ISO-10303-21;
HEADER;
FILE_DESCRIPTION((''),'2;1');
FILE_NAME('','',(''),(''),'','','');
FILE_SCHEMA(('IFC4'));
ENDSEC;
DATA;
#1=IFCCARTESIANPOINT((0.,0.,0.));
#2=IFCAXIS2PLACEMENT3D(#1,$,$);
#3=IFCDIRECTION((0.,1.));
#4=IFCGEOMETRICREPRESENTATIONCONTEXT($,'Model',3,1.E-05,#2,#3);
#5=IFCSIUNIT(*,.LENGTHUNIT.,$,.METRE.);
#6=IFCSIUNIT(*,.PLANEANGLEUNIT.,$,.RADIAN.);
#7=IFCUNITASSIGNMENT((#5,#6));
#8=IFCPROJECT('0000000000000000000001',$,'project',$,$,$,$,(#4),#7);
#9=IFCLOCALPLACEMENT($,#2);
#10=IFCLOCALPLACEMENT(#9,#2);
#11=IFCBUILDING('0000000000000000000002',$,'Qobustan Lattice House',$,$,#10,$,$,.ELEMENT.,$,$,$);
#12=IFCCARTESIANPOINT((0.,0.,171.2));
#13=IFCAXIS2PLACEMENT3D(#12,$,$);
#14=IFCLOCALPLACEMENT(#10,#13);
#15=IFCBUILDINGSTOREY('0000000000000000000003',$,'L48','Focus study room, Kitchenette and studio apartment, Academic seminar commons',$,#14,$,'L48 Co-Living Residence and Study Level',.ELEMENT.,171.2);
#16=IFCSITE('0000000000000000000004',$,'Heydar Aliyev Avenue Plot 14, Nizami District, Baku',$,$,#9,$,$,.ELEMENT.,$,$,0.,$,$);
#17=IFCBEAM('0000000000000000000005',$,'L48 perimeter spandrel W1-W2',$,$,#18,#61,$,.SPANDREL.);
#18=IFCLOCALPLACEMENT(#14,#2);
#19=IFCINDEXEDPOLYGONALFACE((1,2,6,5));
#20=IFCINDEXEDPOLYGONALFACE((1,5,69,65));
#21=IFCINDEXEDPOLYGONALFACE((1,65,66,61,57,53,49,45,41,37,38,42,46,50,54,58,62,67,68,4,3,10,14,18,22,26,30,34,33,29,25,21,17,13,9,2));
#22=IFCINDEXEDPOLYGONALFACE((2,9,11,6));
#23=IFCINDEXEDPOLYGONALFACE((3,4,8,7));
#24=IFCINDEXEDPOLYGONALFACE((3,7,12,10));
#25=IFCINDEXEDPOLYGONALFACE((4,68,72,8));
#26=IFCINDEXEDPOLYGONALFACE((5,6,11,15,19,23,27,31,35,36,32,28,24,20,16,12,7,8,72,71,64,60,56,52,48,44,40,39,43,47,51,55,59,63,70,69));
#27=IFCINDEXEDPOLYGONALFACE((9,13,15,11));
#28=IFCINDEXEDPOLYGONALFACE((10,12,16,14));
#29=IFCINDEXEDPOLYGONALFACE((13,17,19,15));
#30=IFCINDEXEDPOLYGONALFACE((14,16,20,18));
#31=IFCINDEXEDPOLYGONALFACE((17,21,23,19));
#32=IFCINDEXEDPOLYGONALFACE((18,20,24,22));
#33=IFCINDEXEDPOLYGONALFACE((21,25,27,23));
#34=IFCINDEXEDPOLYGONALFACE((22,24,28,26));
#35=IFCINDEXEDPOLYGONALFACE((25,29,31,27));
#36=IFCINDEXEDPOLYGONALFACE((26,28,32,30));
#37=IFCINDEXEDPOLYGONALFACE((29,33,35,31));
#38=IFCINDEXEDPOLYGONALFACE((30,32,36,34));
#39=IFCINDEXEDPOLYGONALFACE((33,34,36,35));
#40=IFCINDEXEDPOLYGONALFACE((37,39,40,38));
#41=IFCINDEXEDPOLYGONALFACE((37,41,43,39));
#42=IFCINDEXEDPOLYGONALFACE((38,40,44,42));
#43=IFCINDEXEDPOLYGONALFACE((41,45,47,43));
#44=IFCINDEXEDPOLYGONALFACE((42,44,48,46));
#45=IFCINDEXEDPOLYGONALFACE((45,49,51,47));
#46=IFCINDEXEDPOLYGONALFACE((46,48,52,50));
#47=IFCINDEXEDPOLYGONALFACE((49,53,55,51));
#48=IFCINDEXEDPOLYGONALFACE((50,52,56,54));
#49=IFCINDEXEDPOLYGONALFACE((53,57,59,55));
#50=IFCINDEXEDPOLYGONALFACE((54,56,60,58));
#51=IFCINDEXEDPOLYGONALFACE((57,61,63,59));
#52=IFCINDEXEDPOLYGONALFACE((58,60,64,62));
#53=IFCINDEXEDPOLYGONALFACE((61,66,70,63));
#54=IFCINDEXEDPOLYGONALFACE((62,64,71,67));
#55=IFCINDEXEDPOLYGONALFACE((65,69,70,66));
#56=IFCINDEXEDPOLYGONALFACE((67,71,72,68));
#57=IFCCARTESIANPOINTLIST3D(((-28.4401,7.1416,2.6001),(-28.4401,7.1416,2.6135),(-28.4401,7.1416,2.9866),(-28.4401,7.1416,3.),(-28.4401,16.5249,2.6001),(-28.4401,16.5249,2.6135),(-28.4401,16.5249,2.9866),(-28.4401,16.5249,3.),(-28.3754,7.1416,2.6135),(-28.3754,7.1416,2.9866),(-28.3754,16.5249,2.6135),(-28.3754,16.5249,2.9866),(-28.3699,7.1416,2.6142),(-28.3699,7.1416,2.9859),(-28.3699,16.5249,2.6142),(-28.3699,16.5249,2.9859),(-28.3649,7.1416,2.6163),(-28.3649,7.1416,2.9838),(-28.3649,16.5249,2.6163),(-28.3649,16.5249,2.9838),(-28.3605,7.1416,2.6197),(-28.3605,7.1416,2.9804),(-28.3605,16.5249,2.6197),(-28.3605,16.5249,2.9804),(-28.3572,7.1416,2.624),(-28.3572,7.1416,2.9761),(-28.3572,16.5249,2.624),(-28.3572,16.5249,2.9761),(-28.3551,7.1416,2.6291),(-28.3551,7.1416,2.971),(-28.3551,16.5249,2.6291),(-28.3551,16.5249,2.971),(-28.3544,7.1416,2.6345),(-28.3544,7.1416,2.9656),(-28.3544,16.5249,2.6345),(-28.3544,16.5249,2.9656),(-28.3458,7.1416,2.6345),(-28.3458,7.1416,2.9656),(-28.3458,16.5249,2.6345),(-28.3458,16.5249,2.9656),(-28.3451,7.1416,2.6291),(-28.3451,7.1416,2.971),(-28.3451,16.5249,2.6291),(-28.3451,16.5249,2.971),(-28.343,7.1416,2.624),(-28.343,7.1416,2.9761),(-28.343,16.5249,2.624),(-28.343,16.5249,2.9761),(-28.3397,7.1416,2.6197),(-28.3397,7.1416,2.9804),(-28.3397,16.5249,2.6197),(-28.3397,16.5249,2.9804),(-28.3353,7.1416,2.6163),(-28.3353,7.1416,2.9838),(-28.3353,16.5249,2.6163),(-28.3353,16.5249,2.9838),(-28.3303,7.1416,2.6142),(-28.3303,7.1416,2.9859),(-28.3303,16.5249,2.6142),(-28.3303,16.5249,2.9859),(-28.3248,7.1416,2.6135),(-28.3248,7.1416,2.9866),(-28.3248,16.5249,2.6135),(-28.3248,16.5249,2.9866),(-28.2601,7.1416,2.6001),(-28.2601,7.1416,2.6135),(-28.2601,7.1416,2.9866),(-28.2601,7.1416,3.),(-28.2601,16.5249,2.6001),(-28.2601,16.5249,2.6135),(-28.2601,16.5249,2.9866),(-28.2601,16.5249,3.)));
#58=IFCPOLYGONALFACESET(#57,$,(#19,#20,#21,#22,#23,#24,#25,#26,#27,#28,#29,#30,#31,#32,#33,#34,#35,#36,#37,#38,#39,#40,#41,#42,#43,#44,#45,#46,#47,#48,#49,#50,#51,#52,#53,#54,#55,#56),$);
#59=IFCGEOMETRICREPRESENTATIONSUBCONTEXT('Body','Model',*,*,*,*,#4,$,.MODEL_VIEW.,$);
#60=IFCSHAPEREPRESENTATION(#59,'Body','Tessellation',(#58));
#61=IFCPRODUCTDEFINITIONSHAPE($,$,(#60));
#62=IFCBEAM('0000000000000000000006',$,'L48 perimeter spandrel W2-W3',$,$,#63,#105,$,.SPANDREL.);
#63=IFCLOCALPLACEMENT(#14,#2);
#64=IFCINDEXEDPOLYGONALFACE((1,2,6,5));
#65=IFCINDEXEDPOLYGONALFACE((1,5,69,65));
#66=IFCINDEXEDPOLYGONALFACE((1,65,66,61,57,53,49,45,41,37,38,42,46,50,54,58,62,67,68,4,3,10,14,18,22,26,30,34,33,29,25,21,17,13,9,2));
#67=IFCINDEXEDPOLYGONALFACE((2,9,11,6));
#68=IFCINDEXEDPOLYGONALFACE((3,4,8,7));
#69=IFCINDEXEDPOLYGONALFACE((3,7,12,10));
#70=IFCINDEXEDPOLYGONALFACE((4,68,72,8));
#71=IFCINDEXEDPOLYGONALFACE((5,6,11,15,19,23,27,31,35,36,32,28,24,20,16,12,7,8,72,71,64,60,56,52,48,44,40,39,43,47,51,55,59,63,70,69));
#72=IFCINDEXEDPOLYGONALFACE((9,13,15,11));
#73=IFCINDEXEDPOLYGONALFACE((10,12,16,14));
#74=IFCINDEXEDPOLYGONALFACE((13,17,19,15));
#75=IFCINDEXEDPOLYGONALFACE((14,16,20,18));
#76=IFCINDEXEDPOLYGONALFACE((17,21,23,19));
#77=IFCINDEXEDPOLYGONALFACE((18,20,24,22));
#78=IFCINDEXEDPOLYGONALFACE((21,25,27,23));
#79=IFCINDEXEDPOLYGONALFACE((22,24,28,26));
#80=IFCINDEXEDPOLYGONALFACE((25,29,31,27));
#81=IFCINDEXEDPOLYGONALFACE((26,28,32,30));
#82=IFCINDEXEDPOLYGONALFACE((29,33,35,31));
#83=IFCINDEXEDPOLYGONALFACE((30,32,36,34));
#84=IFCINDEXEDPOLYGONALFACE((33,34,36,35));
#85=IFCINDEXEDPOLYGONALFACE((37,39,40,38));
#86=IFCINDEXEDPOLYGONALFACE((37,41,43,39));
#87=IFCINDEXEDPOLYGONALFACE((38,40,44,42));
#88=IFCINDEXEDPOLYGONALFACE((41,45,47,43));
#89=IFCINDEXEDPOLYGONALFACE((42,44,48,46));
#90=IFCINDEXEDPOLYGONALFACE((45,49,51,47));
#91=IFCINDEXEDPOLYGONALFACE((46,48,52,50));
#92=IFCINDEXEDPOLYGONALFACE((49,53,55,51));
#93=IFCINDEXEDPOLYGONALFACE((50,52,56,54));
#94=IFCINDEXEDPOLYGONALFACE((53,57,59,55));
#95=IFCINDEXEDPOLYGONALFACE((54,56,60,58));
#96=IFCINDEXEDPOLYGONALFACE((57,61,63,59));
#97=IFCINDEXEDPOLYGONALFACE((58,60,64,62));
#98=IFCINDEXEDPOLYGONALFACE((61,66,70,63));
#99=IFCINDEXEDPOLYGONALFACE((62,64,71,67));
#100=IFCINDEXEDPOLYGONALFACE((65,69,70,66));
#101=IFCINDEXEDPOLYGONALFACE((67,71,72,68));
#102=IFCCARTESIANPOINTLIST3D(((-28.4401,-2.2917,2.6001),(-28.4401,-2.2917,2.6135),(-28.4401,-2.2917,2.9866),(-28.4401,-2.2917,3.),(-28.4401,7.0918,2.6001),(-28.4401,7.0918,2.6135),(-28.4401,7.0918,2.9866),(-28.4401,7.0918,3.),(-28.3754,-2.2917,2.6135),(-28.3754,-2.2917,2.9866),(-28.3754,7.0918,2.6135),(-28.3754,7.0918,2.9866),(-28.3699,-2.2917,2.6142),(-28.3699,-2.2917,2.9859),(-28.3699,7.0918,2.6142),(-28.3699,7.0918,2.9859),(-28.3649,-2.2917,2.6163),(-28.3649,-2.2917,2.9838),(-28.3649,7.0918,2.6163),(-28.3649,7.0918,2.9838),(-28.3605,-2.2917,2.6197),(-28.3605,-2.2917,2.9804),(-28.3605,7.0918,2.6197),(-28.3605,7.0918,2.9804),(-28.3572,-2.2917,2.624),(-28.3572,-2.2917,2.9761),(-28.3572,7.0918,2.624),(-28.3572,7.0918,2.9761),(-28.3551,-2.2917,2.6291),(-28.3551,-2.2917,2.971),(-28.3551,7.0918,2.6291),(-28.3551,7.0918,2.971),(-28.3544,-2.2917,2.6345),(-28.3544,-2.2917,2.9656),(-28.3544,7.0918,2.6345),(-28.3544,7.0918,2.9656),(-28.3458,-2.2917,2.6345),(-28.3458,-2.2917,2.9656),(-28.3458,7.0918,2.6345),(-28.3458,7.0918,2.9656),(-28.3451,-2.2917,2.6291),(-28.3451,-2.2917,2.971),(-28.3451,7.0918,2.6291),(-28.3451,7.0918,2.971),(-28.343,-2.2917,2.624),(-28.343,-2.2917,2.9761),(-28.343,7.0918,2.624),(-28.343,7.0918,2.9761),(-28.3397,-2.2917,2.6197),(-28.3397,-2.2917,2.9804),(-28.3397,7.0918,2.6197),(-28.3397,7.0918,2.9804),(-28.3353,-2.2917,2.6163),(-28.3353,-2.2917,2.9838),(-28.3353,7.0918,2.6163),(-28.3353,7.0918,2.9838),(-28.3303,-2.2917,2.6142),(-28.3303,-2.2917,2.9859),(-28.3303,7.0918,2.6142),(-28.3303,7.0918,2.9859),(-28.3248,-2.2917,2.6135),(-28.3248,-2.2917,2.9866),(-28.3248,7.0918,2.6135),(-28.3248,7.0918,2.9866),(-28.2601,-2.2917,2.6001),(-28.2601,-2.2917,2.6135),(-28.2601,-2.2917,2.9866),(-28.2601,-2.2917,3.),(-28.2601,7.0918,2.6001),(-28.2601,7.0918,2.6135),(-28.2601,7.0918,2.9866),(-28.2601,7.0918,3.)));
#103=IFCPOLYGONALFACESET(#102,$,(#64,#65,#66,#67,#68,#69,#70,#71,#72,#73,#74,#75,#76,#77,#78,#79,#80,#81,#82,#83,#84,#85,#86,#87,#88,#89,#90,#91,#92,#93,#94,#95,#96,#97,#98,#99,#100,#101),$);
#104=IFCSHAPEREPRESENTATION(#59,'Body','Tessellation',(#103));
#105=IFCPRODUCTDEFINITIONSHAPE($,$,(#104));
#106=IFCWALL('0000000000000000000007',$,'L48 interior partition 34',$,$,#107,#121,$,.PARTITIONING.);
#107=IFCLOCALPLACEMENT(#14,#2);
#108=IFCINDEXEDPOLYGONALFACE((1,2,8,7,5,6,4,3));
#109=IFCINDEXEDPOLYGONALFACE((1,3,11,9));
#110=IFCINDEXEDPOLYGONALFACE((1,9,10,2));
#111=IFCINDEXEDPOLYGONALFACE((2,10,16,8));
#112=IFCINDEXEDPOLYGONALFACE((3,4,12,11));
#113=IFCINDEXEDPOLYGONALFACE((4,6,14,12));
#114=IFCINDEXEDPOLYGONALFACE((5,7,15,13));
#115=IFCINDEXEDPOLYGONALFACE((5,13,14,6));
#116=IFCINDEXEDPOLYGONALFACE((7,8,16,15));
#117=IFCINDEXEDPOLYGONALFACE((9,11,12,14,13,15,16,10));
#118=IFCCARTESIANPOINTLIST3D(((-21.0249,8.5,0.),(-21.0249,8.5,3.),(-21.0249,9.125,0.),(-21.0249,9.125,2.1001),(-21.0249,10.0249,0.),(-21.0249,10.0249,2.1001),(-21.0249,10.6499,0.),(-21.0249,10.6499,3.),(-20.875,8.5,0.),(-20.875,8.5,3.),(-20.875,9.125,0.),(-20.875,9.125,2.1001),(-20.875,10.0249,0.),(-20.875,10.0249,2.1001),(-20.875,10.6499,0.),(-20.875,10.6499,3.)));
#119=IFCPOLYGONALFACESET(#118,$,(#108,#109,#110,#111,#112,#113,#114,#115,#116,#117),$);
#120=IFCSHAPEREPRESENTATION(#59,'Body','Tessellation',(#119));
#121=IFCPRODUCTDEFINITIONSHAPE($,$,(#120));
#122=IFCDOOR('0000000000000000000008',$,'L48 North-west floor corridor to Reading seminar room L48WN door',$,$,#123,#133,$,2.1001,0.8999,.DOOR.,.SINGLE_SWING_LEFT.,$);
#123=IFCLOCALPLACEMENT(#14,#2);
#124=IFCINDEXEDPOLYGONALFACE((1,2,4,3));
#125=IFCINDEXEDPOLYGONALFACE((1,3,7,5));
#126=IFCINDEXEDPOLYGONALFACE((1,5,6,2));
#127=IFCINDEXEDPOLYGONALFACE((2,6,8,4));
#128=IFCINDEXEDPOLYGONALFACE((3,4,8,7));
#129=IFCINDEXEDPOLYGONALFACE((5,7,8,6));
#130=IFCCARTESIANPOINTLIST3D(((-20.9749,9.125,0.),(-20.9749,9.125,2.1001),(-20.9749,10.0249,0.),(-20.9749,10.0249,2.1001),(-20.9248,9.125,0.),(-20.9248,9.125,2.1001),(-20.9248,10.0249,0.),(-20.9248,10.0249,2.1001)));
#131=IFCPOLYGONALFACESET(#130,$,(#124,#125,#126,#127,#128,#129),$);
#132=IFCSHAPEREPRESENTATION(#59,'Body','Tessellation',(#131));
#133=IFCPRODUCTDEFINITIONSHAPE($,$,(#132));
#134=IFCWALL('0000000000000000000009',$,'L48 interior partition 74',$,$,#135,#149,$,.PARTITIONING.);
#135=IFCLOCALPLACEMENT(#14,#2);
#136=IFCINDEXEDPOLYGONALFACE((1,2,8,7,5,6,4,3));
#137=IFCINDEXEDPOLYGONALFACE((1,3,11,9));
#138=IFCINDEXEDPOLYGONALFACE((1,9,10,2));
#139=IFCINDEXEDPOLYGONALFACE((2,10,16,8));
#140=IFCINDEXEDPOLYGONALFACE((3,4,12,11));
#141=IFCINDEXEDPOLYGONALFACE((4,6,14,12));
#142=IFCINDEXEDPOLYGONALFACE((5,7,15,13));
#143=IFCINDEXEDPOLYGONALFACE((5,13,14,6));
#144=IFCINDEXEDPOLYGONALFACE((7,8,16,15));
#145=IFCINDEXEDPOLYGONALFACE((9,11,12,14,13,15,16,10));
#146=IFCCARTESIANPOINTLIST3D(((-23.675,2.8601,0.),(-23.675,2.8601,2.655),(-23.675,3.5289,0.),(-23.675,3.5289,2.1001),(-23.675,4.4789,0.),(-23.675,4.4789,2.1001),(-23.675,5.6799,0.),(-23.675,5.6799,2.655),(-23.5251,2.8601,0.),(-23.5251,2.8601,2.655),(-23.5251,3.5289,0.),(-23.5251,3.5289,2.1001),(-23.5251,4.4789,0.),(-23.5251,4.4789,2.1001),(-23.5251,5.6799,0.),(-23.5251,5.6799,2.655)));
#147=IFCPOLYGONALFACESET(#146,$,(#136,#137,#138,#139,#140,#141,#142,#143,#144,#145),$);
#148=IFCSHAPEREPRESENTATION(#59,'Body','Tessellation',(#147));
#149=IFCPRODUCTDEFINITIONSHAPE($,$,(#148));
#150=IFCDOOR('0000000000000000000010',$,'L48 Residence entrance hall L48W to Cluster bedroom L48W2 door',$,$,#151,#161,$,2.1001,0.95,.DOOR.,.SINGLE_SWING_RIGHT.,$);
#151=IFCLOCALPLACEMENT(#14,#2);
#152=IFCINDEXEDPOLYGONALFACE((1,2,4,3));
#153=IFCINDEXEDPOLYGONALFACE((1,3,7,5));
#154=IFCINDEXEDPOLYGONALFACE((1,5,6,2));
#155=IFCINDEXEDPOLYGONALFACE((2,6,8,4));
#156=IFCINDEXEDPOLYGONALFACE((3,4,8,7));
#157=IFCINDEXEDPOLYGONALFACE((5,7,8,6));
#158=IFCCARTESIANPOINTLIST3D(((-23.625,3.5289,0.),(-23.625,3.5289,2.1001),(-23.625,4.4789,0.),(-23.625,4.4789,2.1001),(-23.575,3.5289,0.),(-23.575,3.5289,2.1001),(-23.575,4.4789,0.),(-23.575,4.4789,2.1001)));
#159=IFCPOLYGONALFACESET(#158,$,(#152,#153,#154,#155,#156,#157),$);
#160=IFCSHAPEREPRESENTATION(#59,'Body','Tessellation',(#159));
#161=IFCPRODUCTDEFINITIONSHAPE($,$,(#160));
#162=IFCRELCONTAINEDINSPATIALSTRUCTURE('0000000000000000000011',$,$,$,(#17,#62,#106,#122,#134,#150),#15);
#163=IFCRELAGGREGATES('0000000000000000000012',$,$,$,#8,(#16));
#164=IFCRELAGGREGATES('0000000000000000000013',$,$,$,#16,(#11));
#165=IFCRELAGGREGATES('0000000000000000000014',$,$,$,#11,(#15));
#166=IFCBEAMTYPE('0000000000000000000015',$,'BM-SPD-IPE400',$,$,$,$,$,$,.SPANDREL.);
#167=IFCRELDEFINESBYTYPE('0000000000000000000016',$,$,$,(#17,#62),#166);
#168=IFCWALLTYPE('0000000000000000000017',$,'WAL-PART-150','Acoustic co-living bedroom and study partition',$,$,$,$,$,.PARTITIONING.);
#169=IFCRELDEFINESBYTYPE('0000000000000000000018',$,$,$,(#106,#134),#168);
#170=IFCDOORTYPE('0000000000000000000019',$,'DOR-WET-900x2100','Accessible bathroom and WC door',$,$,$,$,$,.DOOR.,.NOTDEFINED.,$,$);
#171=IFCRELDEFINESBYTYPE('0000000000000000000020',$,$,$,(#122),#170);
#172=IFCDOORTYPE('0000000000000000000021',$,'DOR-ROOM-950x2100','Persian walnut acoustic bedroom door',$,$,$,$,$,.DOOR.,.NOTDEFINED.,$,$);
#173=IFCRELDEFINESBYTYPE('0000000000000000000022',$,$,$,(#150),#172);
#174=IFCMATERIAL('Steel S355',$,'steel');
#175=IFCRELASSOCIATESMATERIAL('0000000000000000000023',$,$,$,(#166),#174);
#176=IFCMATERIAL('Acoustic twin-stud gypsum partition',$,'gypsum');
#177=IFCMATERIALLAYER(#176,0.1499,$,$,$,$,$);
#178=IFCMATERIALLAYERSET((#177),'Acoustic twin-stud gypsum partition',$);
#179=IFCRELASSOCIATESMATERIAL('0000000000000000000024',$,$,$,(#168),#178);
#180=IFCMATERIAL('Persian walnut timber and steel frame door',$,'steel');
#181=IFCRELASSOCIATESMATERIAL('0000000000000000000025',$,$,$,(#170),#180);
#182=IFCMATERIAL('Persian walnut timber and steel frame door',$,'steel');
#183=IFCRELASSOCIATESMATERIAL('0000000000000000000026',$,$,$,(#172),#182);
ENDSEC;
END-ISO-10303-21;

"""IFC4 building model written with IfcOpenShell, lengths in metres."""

from ifc_helpers import new_model, si_unit, direction, frame, frame_2d, origin, origin_2d, place, context, subcontext, project, spatial, rectangle, i_section, extrude, material, layer, layer_set, material_profile, profile_set, type_object, element, fill, save


model = new_model("IFC4")

# Units and contexts
model_context = context("Model", 3, precision=1e-05, world=origin(), true_north=direction((0.0, 1.0)))
body_context = subcontext(model_context, "Body", "Model", "MODEL_VIEW")
ifc_project = project(units=[si_unit("LENGTHUNIT", "METRE"), si_unit("PLANEANGLEUNIT", "RADIAN")], contexts=[model_context])

# Site, building, storey
site_placement = place(None, origin())
site = spatial("IfcSite", under=ifc_project, at=site_placement, Name="Heydar Aliyev Avenue Plot 14, Nizami District, Baku", CompositionType="ELEMENT", RefElevation=0.0)
building_placement = place(site_placement, origin())
building = spatial("IfcBuilding", under=site, at=building_placement, Name="Qobustan Lattice House", CompositionType="ELEMENT")
storey_placement = place(building_placement, frame((0.0, 0.0, 171.2)))
storey = spatial("IfcBuildingStorey", under=building, at=storey_placement, Name="L48", Description="Focus study room, Kitchenette and studio apartment, Academic seminar commons", LongName="L48 Co-Living Residence and Study Level", CompositionType="ELEMENT", Elevation=171.2)

# Beams
ifc_material_1 = material(Name="Steel S355", Category="steel")
ifc_material_profile_1 = material_profile(ifc_material_1, i_section(OverallWidth=0.1799, OverallDepth=0.3999, WebThickness=0.0085, FlangeThickness=0.0134, FilletRadius=0.021, at=origin_2d()), Name="IPE400")
ifc_profile_set_1 = profile_set([ifc_material_profile_1], Name="Steel S355")
beam_type_1 = type_object("IfcBeamType", Name="BM-SPD-IPE400", PredefinedType="SPANDREL", material=ifc_profile_set_1)
beam_1_placement = place(storey_placement, frame((-28.3501, 16.5249, 2.8), z_axis=(0.0, -1.0, 0.0), x_axis=(1.0, 0.0, 0.0)))
element("IfcBeam", 1, at=beam_1_placement, inside=storey, type_object=beam_type_1, Name="L48 perimeter spandrel W1-W2", PredefinedType="SPANDREL", context=body_context, shape_type="SweptSolid", body=[
    extrude(i_section(OverallWidth=0.1799, OverallDepth=0.3999, WebThickness=0.0085, FlangeThickness=0.0134, FilletRadius=0.021, at=origin_2d()), origin(), (0.0, 0.0, 1.0), 9.3833),
])
beam_2_placement = place(storey_placement, frame((-28.3501, 7.0918, 2.8), z_axis=(0.0, -1.0, 0.0), x_axis=(1.0, 0.0, 0.0)))
element("IfcBeam", 2, at=beam_2_placement, inside=storey, type_object=beam_type_1, Name="L48 perimeter spandrel W2-W3", PredefinedType="SPANDREL", context=body_context, shape_type="SweptSolid", body=[
    extrude(i_section(OverallWidth=0.1799, OverallDepth=0.3999, WebThickness=0.0085, FlangeThickness=0.0134, FilletRadius=0.021, at=origin_2d()), origin(), (0.0, 0.0, 1.0), 9.3835),
])

# Walls, openings, doors
ifc_material_2 = material(Name="Acoustic twin-stud gypsum partition", Category="gypsum")
ifc_layer_1 = layer(ifc_material_2, 0.1499)
ifc_layer_set_1 = layer_set([ifc_layer_1], Name="Acoustic twin-stud gypsum partition")
wall_type_1 = type_object("IfcWallType", Name="WAL-PART-150", Description="Acoustic co-living bedroom and study partition", PredefinedType="PARTITIONING", material=ifc_layer_set_1)
wall_1_placement = place(storey_placement, frame((-20.95, 8.5, 0.0), z_axis=(0.0, 0.0, 1.0), x_axis=(0.0, 1.0, 0.0)))
wall_1 = element("IfcWall", 3, at=wall_1_placement, inside=storey, type_object=wall_type_1, Name="L48 interior partition 34", PredefinedType="PARTITIONING", context=body_context, shape_type="SweptSolid", body=[
    extrude(rectangle(XDim=2.1499, YDim=0.1499, at=frame_2d((1.075, 0.0))), origin(), (0.0, 0.0, 1.0), 3.0),
])
opening_1_placement = place(wall_1_placement, frame((0.625, 0.0, 0.0)))
opening_1 = element("IfcOpeningElement", 4, at=opening_1_placement, cuts=wall_1, PredefinedType="OPENING", context=body_context, shape_type="SweptSolid", body=[
    extrude(rectangle(XDim=0.8999, YDim=2.1001, at=frame_2d((0.45, 1.05))), frame((0.0, 0.085, 0.0), z_axis=(0.0, -1.0, 0.0), x_axis=(1.0, 0.0, 0.0)), (0.0, 0.0, 1.0), 0.1699),
])
ifc_material_3 = material(Name="Persian walnut timber and steel frame door", Category="steel")
door_type_1 = type_object("IfcDoorType", Name="DOR-WET-900x2100", Description="Accessible bathroom and WC door", OperationType="NOTDEFINED", PredefinedType="DOOR", material=ifc_material_3)
door_1_placement = place(opening_1_placement, origin())
door_1 = element("IfcDoor", 5, at=door_1_placement, inside=storey, type_object=door_type_1, Name="L48 North-west floor corridor to Reading seminar room L48WN door", OperationType="SINGLE_SWING_LEFT", OverallHeight=2.1001, OverallWidth=0.8999, PredefinedType="DOOR", context=body_context, shape_type="SweptSolid", body=[
    extrude(rectangle(XDim=0.8999, YDim=2.1001, at=frame_2d((0.45, 1.05))), frame((0.0, 0.0249, 0.0), z_axis=(0.0, -1.0, 0.0), x_axis=(1.0, 0.0, 0.0)), (0.0, 0.0, 1.0), 0.05),
])
fill(opening_1, door_1)
wall_2_placement = place(storey_placement, frame((-23.6001, 2.8601, 0.0), z_axis=(0.0, 0.0, 1.0), x_axis=(0.0, 1.0, 0.0)))
wall_2 = element("IfcWall", 6, at=wall_2_placement, inside=storey, type_object=wall_type_1, Name="L48 interior partition 74", PredefinedType="PARTITIONING", context=body_context, shape_type="SweptSolid", body=[
    extrude(rectangle(XDim=2.8198, YDim=0.1499, at=frame_2d((1.4099, 0.0))), origin(), (0.0, 0.0, 1.0), 2.655),
])
opening_2_placement = place(wall_2_placement, frame((0.6687, 0.0, 0.0)))
opening_2 = element("IfcOpeningElement", 7, at=opening_2_placement, cuts=wall_2, PredefinedType="OPENING", context=body_context, shape_type="SweptSolid", body=[
    extrude(rectangle(XDim=0.95, YDim=2.1001, at=frame_2d((0.4751, 1.05))), frame((0.0, 0.085, 0.0), z_axis=(0.0, -1.0, 0.0), x_axis=(1.0, 0.0, 0.0)), (0.0, 0.0, 1.0), 0.1699),
])
ifc_material_4 = material(Name="Persian walnut timber and steel frame door", Category="steel")
door_type_2 = type_object("IfcDoorType", Name="DOR-ROOM-950x2100", Description="Persian walnut acoustic bedroom door", OperationType="NOTDEFINED", PredefinedType="DOOR", material=ifc_material_4)
door_2_placement = place(opening_2_placement, origin())
door_2 = element("IfcDoor", 8, at=door_2_placement, inside=storey, type_object=door_type_2, Name="L48 Residence entrance hall L48W to Cluster bedroom L48W2 door", OperationType="SINGLE_SWING_RIGHT", OverallHeight=2.1001, OverallWidth=0.95, PredefinedType="DOOR", context=body_context, shape_type="SweptSolid", body=[
    extrude(rectangle(XDim=0.95, YDim=2.1001, at=frame_2d((0.4751, 1.05))), frame((0.0, 0.0249, 0.0), z_axis=(0.0, -1.0, 0.0), x_axis=(1.0, 0.0, 0.0)), (0.0, 0.0, 1.0), 0.05),
])
fill(opening_2, door_2)

save(model, "model.ifc")
